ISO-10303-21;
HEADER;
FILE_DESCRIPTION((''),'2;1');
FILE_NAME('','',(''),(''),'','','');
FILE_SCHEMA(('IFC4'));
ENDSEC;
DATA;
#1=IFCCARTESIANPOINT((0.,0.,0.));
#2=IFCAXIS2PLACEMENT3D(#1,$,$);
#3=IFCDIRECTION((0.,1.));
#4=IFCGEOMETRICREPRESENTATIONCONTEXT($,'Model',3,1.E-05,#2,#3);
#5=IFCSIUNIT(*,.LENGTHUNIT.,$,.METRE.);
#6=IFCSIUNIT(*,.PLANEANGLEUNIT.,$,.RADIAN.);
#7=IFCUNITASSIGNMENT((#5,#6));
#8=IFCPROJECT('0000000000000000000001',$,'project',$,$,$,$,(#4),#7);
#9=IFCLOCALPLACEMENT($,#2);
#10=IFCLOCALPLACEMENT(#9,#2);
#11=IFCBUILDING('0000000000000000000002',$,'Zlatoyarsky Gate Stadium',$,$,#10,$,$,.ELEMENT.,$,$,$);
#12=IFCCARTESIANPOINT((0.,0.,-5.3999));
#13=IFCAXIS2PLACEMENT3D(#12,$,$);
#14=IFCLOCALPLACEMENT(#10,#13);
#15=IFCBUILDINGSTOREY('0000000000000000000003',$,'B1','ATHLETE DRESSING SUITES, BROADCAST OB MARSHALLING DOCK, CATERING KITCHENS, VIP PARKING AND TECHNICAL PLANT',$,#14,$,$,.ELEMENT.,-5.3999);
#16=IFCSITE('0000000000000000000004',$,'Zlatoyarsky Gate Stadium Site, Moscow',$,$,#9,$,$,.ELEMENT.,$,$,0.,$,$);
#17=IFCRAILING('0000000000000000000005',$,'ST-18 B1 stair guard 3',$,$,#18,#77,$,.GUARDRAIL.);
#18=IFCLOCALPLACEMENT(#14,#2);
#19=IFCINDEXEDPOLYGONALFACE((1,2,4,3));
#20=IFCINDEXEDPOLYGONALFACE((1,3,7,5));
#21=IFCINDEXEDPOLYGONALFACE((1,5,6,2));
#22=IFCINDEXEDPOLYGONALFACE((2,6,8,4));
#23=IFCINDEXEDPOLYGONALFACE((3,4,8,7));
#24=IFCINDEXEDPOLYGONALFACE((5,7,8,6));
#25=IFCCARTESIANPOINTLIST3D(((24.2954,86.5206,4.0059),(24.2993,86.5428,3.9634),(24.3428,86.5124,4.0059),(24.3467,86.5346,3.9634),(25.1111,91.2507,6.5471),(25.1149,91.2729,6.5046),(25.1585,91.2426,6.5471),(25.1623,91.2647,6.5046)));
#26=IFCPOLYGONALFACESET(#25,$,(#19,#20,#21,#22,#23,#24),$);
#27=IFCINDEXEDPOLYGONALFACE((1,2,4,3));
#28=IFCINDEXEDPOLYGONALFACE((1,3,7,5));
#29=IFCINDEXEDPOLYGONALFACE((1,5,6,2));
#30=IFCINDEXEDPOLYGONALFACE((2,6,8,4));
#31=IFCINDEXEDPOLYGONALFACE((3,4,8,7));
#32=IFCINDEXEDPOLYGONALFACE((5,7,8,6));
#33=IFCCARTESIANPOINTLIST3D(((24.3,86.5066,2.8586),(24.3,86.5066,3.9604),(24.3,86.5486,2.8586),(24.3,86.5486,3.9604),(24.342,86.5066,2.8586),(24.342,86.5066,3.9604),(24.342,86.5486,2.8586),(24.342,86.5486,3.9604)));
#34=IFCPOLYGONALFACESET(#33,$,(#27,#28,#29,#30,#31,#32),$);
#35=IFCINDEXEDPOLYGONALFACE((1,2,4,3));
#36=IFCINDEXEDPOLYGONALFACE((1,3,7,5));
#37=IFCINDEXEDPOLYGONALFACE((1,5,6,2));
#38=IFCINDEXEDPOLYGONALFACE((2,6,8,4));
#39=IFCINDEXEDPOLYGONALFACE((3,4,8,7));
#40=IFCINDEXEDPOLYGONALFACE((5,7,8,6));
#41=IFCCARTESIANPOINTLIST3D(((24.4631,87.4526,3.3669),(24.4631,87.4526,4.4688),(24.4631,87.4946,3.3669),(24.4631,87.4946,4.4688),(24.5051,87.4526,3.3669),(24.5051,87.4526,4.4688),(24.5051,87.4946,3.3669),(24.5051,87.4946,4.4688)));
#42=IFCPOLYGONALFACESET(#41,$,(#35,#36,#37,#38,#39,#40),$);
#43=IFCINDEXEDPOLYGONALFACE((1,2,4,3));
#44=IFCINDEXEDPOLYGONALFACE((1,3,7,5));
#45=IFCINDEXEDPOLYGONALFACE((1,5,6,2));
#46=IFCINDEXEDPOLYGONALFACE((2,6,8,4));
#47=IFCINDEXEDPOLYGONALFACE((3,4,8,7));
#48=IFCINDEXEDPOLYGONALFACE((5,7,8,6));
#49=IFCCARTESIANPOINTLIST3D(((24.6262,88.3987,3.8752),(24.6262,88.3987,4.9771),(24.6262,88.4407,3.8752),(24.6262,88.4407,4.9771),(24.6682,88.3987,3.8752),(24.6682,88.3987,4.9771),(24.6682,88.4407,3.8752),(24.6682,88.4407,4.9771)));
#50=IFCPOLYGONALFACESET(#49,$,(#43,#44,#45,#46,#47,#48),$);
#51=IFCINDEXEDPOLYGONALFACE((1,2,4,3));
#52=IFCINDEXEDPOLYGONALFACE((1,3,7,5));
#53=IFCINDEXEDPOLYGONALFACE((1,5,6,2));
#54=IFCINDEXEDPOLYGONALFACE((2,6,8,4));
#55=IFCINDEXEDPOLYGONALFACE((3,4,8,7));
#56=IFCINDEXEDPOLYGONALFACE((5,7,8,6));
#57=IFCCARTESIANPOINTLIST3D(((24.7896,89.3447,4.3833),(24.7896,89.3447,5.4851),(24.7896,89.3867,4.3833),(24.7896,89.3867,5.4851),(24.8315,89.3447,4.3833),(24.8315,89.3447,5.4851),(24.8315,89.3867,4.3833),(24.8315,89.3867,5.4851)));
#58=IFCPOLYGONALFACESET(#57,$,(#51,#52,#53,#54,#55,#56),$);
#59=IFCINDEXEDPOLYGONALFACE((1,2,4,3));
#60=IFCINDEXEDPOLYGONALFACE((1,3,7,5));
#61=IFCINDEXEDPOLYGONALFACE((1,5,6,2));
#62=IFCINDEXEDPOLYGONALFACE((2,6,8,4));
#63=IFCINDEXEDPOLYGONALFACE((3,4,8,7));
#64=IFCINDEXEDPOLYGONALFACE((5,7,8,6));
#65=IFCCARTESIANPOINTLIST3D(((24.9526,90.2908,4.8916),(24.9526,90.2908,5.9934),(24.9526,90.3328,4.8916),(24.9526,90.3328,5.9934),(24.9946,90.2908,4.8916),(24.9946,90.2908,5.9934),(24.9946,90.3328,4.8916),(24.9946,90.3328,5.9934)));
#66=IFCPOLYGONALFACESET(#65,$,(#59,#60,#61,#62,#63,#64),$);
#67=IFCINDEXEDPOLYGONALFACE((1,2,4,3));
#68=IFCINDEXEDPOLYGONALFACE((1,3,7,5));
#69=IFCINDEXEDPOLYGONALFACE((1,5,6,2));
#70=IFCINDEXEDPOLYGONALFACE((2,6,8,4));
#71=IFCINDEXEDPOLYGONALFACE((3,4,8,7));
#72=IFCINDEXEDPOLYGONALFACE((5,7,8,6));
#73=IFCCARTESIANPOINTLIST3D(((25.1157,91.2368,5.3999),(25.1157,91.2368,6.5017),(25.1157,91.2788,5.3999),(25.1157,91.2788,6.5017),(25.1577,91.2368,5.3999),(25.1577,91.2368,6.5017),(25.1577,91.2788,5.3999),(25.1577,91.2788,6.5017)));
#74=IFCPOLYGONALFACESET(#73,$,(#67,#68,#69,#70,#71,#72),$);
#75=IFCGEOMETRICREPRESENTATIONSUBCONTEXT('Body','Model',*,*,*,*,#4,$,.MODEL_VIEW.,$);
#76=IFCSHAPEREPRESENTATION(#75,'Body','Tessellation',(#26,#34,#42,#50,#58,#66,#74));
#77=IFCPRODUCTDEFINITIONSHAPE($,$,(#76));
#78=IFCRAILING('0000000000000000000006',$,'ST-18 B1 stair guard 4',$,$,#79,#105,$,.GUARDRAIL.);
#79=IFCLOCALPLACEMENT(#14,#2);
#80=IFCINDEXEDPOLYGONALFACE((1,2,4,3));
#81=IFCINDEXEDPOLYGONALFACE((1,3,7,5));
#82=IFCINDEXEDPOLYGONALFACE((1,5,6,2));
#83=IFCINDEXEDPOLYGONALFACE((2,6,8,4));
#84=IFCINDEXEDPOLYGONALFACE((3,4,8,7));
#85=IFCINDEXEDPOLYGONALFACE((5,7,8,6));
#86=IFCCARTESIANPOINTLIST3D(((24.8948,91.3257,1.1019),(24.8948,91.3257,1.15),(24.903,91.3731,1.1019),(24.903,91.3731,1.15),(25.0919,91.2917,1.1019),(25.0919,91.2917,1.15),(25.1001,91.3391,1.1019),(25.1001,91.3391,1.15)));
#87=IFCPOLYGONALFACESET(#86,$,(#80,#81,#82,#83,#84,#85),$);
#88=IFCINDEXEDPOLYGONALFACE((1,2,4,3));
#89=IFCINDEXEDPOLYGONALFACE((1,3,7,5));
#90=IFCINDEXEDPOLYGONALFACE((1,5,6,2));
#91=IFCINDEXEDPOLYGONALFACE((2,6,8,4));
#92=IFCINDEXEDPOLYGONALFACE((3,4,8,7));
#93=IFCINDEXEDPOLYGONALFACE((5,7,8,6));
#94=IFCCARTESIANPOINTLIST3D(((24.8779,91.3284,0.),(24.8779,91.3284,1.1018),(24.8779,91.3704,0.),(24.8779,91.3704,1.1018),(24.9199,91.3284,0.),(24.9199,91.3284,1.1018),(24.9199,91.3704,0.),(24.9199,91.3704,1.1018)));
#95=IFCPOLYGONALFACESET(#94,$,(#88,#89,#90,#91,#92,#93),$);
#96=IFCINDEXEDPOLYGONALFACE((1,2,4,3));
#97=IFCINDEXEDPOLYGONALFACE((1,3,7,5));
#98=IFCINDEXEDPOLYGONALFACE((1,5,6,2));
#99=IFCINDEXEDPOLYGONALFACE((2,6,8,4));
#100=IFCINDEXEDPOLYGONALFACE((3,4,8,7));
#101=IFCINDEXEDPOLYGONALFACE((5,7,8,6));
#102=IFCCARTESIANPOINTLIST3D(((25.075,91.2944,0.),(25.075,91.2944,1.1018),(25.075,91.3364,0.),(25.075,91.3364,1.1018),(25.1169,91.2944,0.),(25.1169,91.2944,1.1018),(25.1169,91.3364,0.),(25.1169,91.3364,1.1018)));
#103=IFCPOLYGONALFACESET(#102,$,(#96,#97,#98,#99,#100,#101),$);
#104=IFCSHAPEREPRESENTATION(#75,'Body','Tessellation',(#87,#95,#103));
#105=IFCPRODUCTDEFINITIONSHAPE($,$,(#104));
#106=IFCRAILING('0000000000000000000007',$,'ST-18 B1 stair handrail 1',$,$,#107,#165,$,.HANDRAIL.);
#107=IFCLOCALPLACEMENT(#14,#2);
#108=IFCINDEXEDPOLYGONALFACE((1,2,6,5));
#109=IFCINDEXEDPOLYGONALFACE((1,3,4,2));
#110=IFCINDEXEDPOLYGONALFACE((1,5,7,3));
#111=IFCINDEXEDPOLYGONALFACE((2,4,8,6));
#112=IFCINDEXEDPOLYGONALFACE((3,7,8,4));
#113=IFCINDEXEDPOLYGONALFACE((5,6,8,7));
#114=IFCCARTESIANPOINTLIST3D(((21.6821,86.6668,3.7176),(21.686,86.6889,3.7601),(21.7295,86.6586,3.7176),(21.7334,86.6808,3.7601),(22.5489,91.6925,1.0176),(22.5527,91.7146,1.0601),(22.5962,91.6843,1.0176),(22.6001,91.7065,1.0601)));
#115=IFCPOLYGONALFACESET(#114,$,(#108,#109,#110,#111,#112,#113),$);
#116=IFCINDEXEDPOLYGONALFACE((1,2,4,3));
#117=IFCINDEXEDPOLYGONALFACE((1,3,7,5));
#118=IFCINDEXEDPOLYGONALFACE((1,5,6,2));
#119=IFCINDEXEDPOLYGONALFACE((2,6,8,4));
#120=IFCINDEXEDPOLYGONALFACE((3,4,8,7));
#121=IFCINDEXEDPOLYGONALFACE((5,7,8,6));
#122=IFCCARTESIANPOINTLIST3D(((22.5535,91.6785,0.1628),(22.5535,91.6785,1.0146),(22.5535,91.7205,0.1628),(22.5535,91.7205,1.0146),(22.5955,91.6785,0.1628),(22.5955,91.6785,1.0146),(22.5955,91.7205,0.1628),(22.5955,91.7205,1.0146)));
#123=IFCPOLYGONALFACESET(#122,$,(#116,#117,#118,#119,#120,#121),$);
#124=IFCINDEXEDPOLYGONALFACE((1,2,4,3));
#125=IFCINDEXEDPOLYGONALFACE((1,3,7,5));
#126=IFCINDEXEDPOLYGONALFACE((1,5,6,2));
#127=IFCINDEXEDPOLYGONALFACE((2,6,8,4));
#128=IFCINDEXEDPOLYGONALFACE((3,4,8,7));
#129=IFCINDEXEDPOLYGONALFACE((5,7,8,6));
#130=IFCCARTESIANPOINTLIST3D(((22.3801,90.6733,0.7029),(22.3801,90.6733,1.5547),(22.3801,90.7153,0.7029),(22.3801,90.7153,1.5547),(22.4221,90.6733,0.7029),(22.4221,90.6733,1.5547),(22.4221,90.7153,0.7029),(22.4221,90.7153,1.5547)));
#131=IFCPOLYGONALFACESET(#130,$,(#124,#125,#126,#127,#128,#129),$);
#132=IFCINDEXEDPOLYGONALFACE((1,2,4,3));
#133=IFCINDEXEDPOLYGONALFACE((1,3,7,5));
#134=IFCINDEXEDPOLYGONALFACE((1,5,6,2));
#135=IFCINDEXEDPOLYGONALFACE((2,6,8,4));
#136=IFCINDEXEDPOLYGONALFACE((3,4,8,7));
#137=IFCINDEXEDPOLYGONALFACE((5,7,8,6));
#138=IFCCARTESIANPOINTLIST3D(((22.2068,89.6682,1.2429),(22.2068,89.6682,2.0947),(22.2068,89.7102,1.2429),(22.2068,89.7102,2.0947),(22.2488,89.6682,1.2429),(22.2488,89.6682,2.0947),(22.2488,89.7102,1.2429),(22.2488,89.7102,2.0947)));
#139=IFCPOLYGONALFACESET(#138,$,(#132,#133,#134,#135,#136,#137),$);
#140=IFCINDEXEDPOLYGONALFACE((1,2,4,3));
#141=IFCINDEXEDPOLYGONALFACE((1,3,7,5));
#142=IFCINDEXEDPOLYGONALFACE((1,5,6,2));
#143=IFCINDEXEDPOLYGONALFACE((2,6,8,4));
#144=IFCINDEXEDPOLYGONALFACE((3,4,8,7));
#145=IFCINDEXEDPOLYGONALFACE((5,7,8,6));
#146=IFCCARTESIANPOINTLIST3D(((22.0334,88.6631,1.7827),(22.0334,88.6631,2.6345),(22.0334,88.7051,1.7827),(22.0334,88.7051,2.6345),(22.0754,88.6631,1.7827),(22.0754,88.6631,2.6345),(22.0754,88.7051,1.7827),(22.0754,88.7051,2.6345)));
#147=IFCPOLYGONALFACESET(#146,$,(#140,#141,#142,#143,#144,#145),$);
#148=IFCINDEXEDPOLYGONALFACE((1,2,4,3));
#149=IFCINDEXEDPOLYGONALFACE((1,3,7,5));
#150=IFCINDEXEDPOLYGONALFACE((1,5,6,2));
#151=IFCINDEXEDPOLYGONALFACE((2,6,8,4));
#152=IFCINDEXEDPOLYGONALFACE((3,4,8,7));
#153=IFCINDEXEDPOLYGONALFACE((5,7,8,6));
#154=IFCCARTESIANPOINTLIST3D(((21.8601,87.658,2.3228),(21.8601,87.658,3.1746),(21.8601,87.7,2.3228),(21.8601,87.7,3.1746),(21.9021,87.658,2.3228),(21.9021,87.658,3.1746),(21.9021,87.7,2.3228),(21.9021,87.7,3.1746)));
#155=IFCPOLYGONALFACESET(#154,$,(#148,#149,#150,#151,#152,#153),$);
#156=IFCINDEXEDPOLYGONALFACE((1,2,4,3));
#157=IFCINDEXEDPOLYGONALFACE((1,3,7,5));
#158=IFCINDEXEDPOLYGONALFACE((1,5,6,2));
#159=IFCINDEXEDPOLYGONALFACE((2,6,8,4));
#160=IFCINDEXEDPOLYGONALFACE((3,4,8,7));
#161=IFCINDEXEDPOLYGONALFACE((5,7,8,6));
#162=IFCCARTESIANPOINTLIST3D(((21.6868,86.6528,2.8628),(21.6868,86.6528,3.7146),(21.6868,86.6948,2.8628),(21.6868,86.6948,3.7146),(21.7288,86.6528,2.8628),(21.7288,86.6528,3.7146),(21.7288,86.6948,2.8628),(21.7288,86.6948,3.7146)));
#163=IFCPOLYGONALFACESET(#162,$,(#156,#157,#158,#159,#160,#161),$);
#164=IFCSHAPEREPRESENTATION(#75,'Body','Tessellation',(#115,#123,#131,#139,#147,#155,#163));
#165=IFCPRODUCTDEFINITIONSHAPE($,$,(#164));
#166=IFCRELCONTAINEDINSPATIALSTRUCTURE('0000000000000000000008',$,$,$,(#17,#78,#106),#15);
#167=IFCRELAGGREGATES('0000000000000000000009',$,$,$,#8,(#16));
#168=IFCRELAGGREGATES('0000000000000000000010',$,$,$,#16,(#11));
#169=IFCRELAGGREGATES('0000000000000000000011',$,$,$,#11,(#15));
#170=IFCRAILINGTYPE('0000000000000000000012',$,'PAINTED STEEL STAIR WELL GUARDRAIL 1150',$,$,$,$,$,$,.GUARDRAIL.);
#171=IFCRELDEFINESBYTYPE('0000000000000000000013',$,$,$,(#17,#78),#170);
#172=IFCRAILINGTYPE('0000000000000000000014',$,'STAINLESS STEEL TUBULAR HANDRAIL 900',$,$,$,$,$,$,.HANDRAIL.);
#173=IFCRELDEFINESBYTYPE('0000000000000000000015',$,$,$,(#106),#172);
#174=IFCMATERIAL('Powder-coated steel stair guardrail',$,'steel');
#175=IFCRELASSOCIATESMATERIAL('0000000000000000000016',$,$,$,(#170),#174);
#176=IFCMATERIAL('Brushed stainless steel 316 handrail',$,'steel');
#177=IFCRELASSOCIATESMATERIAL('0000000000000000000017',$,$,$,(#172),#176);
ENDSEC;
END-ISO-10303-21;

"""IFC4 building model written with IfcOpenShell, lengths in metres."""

from ifc_helpers import new_model, si_unit, direction, frame, origin, origin_2d, place, context, subcontext, project, spatial, rectangle, extrude, material, type_object, element, save


model = new_model("IFC4")

# Units and contexts
model_context = context("Model", 3, precision=1e-05, world=origin(), true_north=direction((0.0, 1.0)))
body_context = subcontext(model_context, "Body", "Model", "MODEL_VIEW")
ifc_project = project(units=[si_unit("LENGTHUNIT", "METRE"), si_unit("PLANEANGLEUNIT", "RADIAN")], contexts=[model_context])

# Site, building, storey
site_placement = place(None, origin())
site = spatial("IfcSite", under=ifc_project, at=site_placement, Name="Zlatoyarsky Gate Stadium Site, Moscow", CompositionType="ELEMENT", RefElevation=0.0)
building_placement = place(site_placement, origin())
building = spatial("IfcBuilding", under=site, at=building_placement, Name="Zlatoyarsky Gate Stadium", CompositionType="ELEMENT")
storey_placement = place(building_placement, frame((0.0, 0.0, -5.3999)))
storey = spatial("IfcBuildingStorey", under=building, at=storey_placement, Name="B1", Description="ATHLETE DRESSING SUITES, BROADCAST OB MARSHALLING DOCK, CATERING KITCHENS, VIP PARKING AND TECHNICAL PLANT", CompositionType="ELEMENT", Elevation=-5.3999)

# Railings
ifc_material_1 = material(Name="Powder-coated steel stair guardrail", Category="steel")
railing_type_1 = type_object("IfcRailingType", Name="PAINTED STEEL STAIR WELL GUARDRAIL 1150", PredefinedType="GUARDRAIL", material=ifc_material_1)
railing_1_placement = place(storey_placement, frame((24.321, 86.5276, 2.8586)))
element("IfcRailing", 1, at=railing_1_placement, inside=storey, type_object=railing_type_1, Name="ST-18 B1 stair guard 3", PredefinedType="GUARDRAIL", context=body_context, shape_type="SweptSolid", body=[
    extrude(rectangle(XDim=0.0481, YDim=0.0481, at=origin_2d()), frame((0.0, 0.0, 1.126), z_axis=(0.150182, 0.870929, 0.467897), x_axis=(-0.985456, 0.169931, 0.0)), (0.0, 0.0, 1.0), 5.4312),
    extrude(rectangle(XDim=0.042, YDim=0.042, at=origin_2d()), origin(), (0.0, 0.0, 1.0), 1.1018),
    extrude(rectangle(XDim=0.042, YDim=0.042, at=origin_2d()), frame((0.1631, 0.946, 0.5083)), (0.0, 0.0, 1.0), 1.1018),
    extrude(rectangle(XDim=0.042, YDim=0.042, at=origin_2d()), frame((0.3262, 1.8921, 1.0166)), (0.0, 0.0, 1.0), 1.1018),
    extrude(rectangle(XDim=0.042, YDim=0.042, at=origin_2d()), frame((0.4895, 2.8381, 1.5247)), (0.0, 0.0, 1.0), 1.1018),
    extrude(rectangle(XDim=0.042, YDim=0.042, at=origin_2d()), frame((0.6526, 3.7842, 2.033)), (0.0, 0.0, 1.0), 1.1018),
    extrude(rectangle(XDim=0.042, YDim=0.042, at=origin_2d()), frame((0.8157, 4.7302, 2.5413)), (0.0, 0.0, 1.0), 1.1018),
])
railing_2_placement = place(storey_placement, frame((24.8989, 91.3494, 0.0)))
element("IfcRailing", 2, at=railing_2_placement, inside=storey, type_object=railing_type_1, Name="ST-18 B1 stair guard 4", PredefinedType="GUARDRAIL", context=body_context, shape_type="SweptSolid", body=[
    extrude(rectangle(XDim=0.0481, YDim=0.0481, at=origin_2d()), frame((0.0, 0.0, 1.126), z_axis=(0.985488, -0.169743, 0.0), x_axis=(0.169743, 0.985488, 0.0)), (0.0, 0.0, 1.0), 0.2),
    extrude(rectangle(XDim=0.042, YDim=0.042, at=origin_2d()), origin(), (0.0, 0.0, 1.0), 1.1018),
    extrude(rectangle(XDim=0.042, YDim=0.042, at=origin_2d()), frame((0.197, -0.0339, 0.0)), (0.0, 0.0, 1.0), 1.1018),
])
ifc_material_2 = material(Name="Brushed stainless steel 316 handrail", Category="steel")
railing_type_2 = type_object("IfcRailingType", Name="STAINLESS STEEL TUBULAR HANDRAIL 900", PredefinedType="HANDRAIL", material=ifc_material_2)
railing_3_placement = place(storey_placement, frame((22.5745, 91.6995, 0.1628)))
element("IfcRailing", 3, at=railing_3_placement, inside=storey, type_object=railing_type_2, Name="ST-18 B1 stair handrail 1", PredefinedType="HANDRAIL", context=body_context, shape_type="SweptSolid", body=[
    extrude(rectangle(XDim=0.0481, YDim=0.0481, at=origin_2d()), frame((0.0, 0.0, 0.876), z_axis=(-0.150197, -0.870928, 0.467894), x_axis=(0.985453, -0.169947, 0.0)), (0.0, 0.0, 1.0), 5.7705),
    extrude(rectangle(XDim=0.042, YDim=0.042, at=origin_2d()), origin(), (0.0, 0.0, 1.0), 0.8518),
    extrude(rectangle(XDim=0.042, YDim=0.042, at=origin_2d()), frame((-0.1733, -1.0051, 0.54)), (0.0, 0.0, 1.0), 0.8518),
    extrude(rectangle(XDim=0.042, YDim=0.042, at=origin_2d()), frame((-0.3467, -2.0103, 1.0801)), (0.0, 0.0, 1.0), 0.8518),
    extrude(rectangle(XDim=0.042, YDim=0.042, at=origin_2d()), frame((-0.52, -3.0154, 1.6199)), (0.0, 0.0, 1.0), 0.8518),
    extrude(rectangle(XDim=0.042, YDim=0.042, at=origin_2d()), frame((-0.6934, -4.0205, 2.1599)), (0.0, 0.0, 1.0), 0.8518),
    extrude(rectangle(XDim=0.042, YDim=0.042, at=origin_2d()), frame((-0.8667, -5.0256, 2.7)), (0.0, 0.0, 1.0), 0.8518),
])

save(model, "model.ifc")
